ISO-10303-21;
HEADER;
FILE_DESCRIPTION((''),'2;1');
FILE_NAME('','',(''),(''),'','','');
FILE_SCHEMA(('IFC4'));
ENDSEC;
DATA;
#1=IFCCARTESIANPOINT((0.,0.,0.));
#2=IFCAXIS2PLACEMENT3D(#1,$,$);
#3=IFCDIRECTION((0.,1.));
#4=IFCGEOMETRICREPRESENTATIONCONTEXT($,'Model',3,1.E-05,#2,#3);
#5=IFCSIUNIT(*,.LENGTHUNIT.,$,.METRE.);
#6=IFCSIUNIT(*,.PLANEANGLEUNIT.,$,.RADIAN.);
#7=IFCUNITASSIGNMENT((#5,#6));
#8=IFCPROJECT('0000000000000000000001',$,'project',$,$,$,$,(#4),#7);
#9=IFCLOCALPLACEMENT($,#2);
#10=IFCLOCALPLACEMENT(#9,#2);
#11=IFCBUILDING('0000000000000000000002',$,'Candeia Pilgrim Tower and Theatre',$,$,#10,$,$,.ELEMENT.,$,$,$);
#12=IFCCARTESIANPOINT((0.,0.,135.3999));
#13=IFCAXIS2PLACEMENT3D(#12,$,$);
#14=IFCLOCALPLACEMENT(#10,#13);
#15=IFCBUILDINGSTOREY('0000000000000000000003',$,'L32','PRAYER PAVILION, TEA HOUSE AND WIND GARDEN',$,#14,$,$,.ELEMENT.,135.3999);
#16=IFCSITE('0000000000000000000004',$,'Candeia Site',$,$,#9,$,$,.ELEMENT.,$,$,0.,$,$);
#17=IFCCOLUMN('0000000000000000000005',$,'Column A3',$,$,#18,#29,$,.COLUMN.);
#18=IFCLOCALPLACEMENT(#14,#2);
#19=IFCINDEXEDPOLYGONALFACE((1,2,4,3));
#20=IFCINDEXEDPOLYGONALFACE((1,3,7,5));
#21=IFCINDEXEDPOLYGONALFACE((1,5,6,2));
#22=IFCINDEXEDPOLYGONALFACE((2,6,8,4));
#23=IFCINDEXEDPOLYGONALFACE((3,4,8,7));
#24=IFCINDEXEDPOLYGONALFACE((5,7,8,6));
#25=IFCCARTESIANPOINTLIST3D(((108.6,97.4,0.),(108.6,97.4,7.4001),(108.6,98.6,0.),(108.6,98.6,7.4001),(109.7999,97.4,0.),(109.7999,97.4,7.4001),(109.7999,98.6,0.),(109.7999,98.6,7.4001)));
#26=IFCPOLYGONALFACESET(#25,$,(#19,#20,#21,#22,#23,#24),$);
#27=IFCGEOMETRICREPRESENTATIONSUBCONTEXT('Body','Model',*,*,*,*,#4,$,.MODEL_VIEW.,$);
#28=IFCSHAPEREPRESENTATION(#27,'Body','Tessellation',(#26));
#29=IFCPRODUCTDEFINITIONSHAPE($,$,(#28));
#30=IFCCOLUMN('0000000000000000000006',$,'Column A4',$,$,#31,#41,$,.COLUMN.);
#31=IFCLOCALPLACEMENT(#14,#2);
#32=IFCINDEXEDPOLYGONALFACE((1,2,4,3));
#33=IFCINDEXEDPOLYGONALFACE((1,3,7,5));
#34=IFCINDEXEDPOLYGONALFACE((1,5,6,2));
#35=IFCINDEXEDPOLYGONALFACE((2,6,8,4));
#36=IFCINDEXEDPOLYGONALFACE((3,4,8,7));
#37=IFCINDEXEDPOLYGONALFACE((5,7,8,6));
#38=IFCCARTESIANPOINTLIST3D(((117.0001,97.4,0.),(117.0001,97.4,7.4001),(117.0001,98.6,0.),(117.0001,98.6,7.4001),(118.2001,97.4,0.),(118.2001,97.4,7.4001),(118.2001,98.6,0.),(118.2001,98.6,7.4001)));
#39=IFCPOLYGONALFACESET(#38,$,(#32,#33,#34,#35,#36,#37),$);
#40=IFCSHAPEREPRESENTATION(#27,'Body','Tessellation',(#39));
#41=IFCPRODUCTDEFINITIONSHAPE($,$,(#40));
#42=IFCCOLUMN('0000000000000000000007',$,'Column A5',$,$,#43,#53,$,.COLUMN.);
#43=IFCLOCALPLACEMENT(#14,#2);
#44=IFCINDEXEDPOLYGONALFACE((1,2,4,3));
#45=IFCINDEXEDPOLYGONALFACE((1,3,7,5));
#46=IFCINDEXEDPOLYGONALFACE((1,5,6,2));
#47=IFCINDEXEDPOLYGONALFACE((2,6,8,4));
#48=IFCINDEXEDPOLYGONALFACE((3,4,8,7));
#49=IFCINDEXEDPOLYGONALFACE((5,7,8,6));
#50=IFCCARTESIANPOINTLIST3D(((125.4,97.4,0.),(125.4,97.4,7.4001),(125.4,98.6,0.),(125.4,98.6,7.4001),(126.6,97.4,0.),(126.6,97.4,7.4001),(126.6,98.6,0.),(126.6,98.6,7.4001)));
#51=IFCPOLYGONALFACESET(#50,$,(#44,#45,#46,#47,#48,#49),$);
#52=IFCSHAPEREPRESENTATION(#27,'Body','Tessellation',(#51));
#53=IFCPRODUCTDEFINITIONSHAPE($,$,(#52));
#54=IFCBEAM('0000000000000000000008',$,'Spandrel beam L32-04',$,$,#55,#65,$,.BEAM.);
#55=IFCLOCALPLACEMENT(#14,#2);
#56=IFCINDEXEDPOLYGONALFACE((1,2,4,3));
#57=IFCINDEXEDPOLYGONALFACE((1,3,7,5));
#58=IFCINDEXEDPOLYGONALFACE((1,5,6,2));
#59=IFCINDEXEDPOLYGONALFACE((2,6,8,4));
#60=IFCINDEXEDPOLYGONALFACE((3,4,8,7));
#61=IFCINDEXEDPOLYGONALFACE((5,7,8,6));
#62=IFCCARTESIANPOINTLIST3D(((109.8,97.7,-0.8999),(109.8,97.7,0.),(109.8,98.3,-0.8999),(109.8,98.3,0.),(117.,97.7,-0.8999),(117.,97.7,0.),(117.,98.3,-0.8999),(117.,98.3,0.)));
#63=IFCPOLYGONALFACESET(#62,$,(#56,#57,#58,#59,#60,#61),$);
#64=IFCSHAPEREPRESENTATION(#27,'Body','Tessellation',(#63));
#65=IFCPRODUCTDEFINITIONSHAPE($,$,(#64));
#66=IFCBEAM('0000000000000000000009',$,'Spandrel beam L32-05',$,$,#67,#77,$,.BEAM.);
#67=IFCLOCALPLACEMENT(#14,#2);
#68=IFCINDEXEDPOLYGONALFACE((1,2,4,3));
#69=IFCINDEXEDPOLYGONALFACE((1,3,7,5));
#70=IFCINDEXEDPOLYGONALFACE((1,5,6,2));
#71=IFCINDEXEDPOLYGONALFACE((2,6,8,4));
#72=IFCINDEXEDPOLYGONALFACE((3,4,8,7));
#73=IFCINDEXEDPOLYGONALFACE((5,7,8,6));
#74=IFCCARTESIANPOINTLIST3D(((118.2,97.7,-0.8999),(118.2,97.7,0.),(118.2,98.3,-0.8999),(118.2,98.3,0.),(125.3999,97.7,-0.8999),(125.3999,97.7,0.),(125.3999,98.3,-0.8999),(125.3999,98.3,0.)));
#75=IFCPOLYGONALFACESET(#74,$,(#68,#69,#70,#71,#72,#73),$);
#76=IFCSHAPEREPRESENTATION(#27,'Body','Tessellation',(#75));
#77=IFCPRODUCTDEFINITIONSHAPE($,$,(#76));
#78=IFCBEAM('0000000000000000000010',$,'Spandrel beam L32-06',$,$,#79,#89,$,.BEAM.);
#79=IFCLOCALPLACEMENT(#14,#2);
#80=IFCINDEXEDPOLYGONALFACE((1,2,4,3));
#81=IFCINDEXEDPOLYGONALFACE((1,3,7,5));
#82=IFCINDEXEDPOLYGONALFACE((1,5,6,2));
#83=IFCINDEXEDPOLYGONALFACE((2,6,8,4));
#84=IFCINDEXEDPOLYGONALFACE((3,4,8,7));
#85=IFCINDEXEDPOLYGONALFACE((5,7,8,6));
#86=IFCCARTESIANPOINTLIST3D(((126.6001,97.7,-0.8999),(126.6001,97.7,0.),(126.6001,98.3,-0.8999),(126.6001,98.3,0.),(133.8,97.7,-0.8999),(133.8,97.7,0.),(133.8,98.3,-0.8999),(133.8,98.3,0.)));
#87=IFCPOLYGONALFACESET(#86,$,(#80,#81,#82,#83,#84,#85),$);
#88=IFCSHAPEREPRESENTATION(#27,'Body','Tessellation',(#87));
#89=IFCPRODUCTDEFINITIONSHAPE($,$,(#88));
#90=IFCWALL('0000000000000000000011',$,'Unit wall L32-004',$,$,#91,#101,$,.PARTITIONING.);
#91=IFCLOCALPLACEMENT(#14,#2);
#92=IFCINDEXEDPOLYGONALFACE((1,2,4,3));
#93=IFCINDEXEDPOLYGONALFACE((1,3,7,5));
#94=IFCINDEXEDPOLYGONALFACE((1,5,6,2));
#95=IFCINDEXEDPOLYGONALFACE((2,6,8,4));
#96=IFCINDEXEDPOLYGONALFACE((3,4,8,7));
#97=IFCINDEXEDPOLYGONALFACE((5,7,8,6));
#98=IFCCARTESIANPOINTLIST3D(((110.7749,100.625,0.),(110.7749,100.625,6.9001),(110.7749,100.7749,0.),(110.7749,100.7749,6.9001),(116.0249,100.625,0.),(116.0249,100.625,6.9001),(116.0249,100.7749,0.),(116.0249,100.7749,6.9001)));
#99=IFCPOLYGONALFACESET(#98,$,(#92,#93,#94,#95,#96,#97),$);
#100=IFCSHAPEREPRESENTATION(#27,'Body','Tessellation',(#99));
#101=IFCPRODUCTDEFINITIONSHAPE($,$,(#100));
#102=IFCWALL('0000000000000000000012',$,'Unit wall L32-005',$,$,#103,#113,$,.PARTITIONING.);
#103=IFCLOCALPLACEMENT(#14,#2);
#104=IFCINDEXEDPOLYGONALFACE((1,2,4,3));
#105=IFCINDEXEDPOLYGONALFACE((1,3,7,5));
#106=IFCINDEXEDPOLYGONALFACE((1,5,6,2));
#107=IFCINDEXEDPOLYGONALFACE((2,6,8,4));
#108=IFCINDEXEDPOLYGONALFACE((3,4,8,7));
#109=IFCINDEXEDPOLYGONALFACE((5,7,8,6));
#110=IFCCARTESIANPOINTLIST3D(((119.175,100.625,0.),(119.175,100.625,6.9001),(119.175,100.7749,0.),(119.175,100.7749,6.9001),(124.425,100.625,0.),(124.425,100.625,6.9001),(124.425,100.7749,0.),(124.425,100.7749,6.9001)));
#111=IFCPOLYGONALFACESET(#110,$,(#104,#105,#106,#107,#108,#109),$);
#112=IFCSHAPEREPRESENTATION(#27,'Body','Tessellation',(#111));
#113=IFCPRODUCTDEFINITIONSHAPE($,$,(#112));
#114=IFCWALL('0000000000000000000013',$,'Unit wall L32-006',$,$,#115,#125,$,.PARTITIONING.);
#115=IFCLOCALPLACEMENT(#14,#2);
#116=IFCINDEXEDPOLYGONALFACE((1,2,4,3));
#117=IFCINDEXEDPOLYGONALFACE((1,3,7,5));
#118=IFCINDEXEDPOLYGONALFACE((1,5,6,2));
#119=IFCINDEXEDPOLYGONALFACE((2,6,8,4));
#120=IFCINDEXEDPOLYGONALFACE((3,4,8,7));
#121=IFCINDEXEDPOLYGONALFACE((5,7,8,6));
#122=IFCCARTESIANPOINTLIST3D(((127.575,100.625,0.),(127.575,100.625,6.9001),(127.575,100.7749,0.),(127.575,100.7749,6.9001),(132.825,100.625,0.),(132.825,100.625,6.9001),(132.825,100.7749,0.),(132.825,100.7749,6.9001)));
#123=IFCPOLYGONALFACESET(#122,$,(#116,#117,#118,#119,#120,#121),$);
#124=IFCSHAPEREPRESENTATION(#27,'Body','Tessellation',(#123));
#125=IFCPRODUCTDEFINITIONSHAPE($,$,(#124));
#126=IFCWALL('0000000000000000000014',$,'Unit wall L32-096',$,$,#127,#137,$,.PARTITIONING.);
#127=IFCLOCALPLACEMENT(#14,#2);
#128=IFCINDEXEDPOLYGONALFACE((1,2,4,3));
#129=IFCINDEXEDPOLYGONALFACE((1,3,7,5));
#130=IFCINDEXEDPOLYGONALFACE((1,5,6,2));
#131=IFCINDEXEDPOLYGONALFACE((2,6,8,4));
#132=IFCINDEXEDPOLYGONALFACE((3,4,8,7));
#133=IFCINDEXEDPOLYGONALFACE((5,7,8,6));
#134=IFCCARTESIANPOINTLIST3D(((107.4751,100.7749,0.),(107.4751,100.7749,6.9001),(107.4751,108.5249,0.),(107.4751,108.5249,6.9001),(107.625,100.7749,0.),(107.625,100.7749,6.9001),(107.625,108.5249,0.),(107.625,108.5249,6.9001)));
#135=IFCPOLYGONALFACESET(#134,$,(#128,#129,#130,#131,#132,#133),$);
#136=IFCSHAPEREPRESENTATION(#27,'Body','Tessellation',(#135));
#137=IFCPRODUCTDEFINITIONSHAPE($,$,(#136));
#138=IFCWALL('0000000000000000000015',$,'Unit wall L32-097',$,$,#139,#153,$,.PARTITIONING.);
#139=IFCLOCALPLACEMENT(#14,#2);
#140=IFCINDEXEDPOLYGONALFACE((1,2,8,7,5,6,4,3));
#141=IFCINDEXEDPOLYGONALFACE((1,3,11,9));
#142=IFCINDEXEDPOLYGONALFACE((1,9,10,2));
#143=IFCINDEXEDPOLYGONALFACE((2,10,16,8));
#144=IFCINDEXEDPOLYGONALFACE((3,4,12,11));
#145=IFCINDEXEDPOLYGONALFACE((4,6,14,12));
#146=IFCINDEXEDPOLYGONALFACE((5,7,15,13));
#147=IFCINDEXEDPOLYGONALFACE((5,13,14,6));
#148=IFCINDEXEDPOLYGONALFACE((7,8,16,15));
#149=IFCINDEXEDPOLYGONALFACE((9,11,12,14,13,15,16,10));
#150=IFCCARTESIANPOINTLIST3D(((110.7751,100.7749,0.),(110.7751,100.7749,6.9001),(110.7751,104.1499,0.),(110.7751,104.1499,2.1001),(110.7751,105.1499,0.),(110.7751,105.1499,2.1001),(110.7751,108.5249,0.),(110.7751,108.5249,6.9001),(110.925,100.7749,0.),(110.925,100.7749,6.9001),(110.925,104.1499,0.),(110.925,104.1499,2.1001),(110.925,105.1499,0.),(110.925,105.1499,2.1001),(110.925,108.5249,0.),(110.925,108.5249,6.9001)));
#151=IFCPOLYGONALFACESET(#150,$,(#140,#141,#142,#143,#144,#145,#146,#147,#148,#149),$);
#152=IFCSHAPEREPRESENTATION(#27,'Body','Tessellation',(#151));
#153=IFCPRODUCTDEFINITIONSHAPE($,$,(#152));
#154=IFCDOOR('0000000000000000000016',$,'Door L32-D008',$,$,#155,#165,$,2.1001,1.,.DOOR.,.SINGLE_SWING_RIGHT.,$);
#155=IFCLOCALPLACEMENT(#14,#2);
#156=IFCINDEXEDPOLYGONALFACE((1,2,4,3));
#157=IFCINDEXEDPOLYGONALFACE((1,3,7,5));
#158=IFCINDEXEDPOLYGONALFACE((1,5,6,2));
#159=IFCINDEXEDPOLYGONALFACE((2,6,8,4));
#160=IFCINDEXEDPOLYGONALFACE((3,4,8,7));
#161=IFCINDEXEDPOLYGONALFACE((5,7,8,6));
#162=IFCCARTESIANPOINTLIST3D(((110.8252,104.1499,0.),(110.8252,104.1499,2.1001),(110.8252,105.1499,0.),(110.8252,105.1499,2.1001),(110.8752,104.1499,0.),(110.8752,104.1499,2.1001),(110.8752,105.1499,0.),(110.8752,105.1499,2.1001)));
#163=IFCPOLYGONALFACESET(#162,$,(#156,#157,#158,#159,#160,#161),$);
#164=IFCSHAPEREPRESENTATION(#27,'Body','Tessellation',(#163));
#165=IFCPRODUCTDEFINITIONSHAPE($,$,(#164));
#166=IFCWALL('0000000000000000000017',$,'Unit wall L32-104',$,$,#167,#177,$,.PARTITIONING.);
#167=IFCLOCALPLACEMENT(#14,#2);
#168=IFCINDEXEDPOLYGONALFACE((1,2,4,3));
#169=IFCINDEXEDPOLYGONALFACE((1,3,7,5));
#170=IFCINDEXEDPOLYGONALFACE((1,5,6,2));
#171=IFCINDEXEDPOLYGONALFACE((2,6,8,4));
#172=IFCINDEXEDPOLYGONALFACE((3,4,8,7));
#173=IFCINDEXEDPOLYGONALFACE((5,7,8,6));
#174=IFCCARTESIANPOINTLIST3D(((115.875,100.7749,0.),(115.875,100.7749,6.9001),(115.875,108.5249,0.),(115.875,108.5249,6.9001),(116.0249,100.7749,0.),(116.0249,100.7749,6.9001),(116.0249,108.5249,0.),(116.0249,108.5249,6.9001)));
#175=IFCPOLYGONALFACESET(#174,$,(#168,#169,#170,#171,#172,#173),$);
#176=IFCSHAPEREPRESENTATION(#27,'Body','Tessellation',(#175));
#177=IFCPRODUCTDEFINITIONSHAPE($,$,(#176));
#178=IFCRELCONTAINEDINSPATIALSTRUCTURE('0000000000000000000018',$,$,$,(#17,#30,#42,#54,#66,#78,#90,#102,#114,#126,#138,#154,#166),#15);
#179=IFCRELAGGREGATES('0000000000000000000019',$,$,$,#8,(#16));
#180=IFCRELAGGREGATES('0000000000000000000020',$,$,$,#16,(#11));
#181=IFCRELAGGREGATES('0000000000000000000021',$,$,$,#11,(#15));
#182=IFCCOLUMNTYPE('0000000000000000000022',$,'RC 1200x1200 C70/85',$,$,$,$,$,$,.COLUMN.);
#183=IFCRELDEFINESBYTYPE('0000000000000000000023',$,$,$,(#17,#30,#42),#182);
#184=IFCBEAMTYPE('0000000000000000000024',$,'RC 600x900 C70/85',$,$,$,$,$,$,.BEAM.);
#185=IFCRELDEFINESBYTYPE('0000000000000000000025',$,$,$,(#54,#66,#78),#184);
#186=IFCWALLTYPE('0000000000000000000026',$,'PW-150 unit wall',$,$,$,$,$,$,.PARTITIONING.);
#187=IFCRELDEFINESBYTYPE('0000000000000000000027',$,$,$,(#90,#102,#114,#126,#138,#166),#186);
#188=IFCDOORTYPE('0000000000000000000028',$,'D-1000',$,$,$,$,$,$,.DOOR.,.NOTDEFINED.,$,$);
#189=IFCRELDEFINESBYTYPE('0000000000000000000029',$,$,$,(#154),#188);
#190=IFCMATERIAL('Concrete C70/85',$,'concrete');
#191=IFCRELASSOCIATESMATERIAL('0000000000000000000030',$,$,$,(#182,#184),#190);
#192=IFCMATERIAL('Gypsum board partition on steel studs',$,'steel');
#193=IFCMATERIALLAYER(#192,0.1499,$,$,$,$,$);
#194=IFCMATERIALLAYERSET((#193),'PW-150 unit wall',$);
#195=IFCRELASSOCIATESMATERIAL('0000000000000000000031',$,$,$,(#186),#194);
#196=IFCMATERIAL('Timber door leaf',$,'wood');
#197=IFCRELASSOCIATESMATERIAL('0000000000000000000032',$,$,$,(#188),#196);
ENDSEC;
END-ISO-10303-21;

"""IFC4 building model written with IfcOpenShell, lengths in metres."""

from ifc_helpers import new_model, si_unit, direction, frame, frame_2d, origin, origin_2d, place, context, subcontext, project, spatial, rectangle, extrude, material, layer, layer_set, material_profile, profile_set, type_object, element, fill, save


model = new_model("IFC4")

# Units and contexts
model_context = context("Model", 3, precision=1e-05, world=origin(), true_north=direction((0.0, 1.0)))
body_context = subcontext(model_context, "Body", "Model", "MODEL_VIEW")
ifc_project = project(units=[si_unit("LENGTHUNIT", "METRE"), si_unit("PLANEANGLEUNIT", "RADIAN")], contexts=[model_context])

# Site, building, storey
site_placement = place(None, origin())
site = spatial("IfcSite", under=ifc_project, at=site_placement, Name="Candeia Site", CompositionType="ELEMENT", RefElevation=0.0)
building_placement = place(site_placement, origin())
building = spatial("IfcBuilding", under=site, at=building_placement, Name="Candeia Pilgrim Tower and Theatre", CompositionType="ELEMENT")
storey_placement = place(building_placement, frame((0.0, 0.0, 135.3999)))
storey = spatial("IfcBuildingStorey", under=building, at=storey_placement, Name="L32", Description="PRAYER PAVILION, TEA HOUSE AND WIND GARDEN", CompositionType="ELEMENT", Elevation=135.3999)

# Columns
ifc_material_1 = material(Name="Concrete C70/85", Category="concrete")
ifc_material_profile_1 = material_profile(ifc_material_1, rectangle(XDim=1.2, YDim=1.2, at=origin_2d()))
ifc_profile_set_1 = profile_set([ifc_material_profile_1], Name="Concrete C70/85")
column_type = type_object("IfcColumnType", Name="RC 1200x1200 C70/85", PredefinedType="COLUMN", material=ifc_profile_set_1)
for number, where, z_axis, x_axis, name in (
    (1, (109.2, 98.0, 0.0), (0.0, 0.0, 1.0), (1.0, 0.0, 0.0), "Column A3"),
    (2, (117.6001, 98.0, 0.0), (0.0, 0.0, 1.0), (1.0, 0.0, 0.0), "Column A4"),
    (3, (126.0, 98.0, 0.0), (0.0, 0.0, 1.0), (1.0, 0.0, 0.0), "Column A5"),
):
    element("IfcColumn", number, at=place(storey_placement, frame(where, z_axis=z_axis, x_axis=x_axis)), inside=storey, type_object=column_type, Name=name, PredefinedType="COLUMN", context=body_context, shape_type="SweptSolid", body=[
        extrude(rectangle(XDim=1.2, YDim=1.2, at=origin_2d()), origin(), (0.0, 0.0, 1.0), 7.4001),
    ])

# Beams
ifc_material_profile_2 = material_profile(ifc_material_1, rectangle(XDim=0.6001, YDim=0.8999, at=origin_2d()))
ifc_profile_set_2 = profile_set([ifc_material_profile_2], Name="Concrete C70/85")
beam_type = type_object("IfcBeamType", Name="RC 600x900 C70/85", PredefinedType="BEAM", material=ifc_profile_set_2)
for number, where, z_axis, x_axis, name in (
    (4, (109.8, 98.0, -0.45), (1.0, 0.0, 0.0), (0.0, 1.0, 0.0), "Spandrel beam L32-04"),
    (5, (118.2, 98.0, -0.45), (1.0, 0.0, 0.0), (0.0, 1.0, 0.0), "Spandrel beam L32-05"),
    (6, (126.6001, 98.0, -0.45), (1.0, 0.0, 0.0), (0.0, 1.0, 0.0), "Spandrel beam L32-06"),
):
    element("IfcBeam", number, at=place(storey_placement, frame(where, z_axis=z_axis, x_axis=x_axis)), inside=storey, type_object=beam_type, Name=name, PredefinedType="BEAM", context=body_context, shape_type="SweptSolid", body=[
        extrude(rectangle(XDim=0.6001, YDim=0.8999, at=origin_2d()), origin(), (0.0, 0.0, 1.0), 7.2),
    ])

# Walls
ifc_material_2 = material(Name="Gypsum board partition on steel studs", Category="steel")
ifc_layer = layer(ifc_material_2, 0.1499)
ifc_layer_set = layer_set([ifc_layer], Name="PW-150 unit wall")
wall_type = type_object("IfcWallType", Name="PW-150 unit wall", PredefinedType="PARTITIONING", material=ifc_layer_set)
for number, where, z_axis, x_axis, name in (
    (7, (110.7749, 100.7, 0.0), (0.0, 0.0, 1.0), (1.0, 0.0, 0.0), "Unit wall L32-004"),
    (8, (119.175, 100.7, 0.0), (0.0, 0.0, 1.0), (1.0, 0.0, 0.0), "Unit wall L32-005"),
    (9, (127.575, 100.7, 0.0), (0.0, 0.0, 1.0), (1.0, 0.0, 0.0), "Unit wall L32-006"),
):
    element("IfcWall", number, at=place(storey_placement, frame(where, z_axis=z_axis, x_axis=x_axis)), inside=storey, type_object=wall_type, Name=name, PredefinedType="PARTITIONING", context=body_context, shape_type="SweptSolid", body=[
        extrude(rectangle(XDim=5.25, YDim=0.1499, at=frame_2d((2.625, 0.0))), origin(), (0.0, 0.0, 1.0), 6.9001),
    ])
wall_1_placement = place(storey_placement, frame((107.55, 100.7749, 0.0), z_axis=(0.0, 0.0, 1.0), x_axis=(0.0, 1.0, 0.0)))
element("IfcWall", 10, at=wall_1_placement, inside=storey, type_object=wall_type, Name="Unit wall L32-096", PredefinedType="PARTITIONING", context=body_context, shape_type="SweptSolid", body=[
    extrude(rectangle(XDim=7.75, YDim=0.1499, at=frame_2d((3.875, 0.0))), origin(), (0.0, 0.0, 1.0), 6.9001),
])

# Wall, opening, door
wall_2_placement = place(storey_placement, frame((110.8501, 100.7749, 0.0), z_axis=(0.0, 0.0, 1.0), x_axis=(0.0, 1.0, 0.0)))
wall_2 = element("IfcWall", 11, at=wall_2_placement, inside=storey, type_object=wall_type, Name="Unit wall L32-097", PredefinedType="PARTITIONING", context=body_context, shape_type="SweptSolid", body=[
    extrude(rectangle(XDim=7.75, YDim=0.1499, at=frame_2d((3.875, 0.0))), origin(), (0.0, 0.0, 1.0), 6.9001),
])
opening_1_placement = place(wall_2_placement, frame((3.375, 0.0, 0.0)))
opening_1 = element("IfcOpeningElement", 12, at=opening_1_placement, cuts=wall_2, PredefinedType="OPENING", context=body_context, shape_type="SweptSolid", body=[
    extrude(rectangle(XDim=1.0, YDim=2.1001, at=frame_2d((0.5, 1.05))), frame((0.0, 0.085, 0.0), z_axis=(0.0, -1.0, 0.0), x_axis=(1.0, 0.0, 0.0)), (0.0, 0.0, 1.0), 0.1699),
])
ifc_material_3 = material(Name="Timber door leaf", Category="wood")
door_type = type_object("IfcDoorType", Name="D-1000", OperationType="NOTDEFINED", PredefinedType="DOOR", material=ifc_material_3)
door_1_placement = place(opening_1_placement, origin())
door_1 = element("IfcDoor", 13, at=door_1_placement, inside=storey, type_object=door_type, Name="Door L32-D008", OperationType="SINGLE_SWING_RIGHT", OverallHeight=2.1001, OverallWidth=1.0, PredefinedType="DOOR", context=body_context, shape_type="SweptSolid", body=[
    extrude(rectangle(XDim=1.0, YDim=2.1001, at=frame_2d((0.5, 1.05))), frame((0.0, 0.0249, 0.0), z_axis=(0.0, -1.0, 0.0), x_axis=(1.0, 0.0, 0.0)), (0.0, 0.0, 1.0), 0.05),
])
fill(opening_1, door_1)

# Wall
wall_3_placement = place(storey_placement, frame((115.95, 100.7749, 0.0), z_axis=(0.0, 0.0, 1.0), x_axis=(0.0, 1.0, 0.0)))
element("IfcWall", 14, at=wall_3_placement, inside=storey, type_object=wall_type, Name="Unit wall L32-104", PredefinedType="PARTITIONING", context=body_context, shape_type="SweptSolid", body=[
    extrude(rectangle(XDim=7.75, YDim=0.1499, at=frame_2d((3.875, 0.0))), origin(), (0.0, 0.0, 1.0), 6.9001),
])

save(model, "model.ifc")
